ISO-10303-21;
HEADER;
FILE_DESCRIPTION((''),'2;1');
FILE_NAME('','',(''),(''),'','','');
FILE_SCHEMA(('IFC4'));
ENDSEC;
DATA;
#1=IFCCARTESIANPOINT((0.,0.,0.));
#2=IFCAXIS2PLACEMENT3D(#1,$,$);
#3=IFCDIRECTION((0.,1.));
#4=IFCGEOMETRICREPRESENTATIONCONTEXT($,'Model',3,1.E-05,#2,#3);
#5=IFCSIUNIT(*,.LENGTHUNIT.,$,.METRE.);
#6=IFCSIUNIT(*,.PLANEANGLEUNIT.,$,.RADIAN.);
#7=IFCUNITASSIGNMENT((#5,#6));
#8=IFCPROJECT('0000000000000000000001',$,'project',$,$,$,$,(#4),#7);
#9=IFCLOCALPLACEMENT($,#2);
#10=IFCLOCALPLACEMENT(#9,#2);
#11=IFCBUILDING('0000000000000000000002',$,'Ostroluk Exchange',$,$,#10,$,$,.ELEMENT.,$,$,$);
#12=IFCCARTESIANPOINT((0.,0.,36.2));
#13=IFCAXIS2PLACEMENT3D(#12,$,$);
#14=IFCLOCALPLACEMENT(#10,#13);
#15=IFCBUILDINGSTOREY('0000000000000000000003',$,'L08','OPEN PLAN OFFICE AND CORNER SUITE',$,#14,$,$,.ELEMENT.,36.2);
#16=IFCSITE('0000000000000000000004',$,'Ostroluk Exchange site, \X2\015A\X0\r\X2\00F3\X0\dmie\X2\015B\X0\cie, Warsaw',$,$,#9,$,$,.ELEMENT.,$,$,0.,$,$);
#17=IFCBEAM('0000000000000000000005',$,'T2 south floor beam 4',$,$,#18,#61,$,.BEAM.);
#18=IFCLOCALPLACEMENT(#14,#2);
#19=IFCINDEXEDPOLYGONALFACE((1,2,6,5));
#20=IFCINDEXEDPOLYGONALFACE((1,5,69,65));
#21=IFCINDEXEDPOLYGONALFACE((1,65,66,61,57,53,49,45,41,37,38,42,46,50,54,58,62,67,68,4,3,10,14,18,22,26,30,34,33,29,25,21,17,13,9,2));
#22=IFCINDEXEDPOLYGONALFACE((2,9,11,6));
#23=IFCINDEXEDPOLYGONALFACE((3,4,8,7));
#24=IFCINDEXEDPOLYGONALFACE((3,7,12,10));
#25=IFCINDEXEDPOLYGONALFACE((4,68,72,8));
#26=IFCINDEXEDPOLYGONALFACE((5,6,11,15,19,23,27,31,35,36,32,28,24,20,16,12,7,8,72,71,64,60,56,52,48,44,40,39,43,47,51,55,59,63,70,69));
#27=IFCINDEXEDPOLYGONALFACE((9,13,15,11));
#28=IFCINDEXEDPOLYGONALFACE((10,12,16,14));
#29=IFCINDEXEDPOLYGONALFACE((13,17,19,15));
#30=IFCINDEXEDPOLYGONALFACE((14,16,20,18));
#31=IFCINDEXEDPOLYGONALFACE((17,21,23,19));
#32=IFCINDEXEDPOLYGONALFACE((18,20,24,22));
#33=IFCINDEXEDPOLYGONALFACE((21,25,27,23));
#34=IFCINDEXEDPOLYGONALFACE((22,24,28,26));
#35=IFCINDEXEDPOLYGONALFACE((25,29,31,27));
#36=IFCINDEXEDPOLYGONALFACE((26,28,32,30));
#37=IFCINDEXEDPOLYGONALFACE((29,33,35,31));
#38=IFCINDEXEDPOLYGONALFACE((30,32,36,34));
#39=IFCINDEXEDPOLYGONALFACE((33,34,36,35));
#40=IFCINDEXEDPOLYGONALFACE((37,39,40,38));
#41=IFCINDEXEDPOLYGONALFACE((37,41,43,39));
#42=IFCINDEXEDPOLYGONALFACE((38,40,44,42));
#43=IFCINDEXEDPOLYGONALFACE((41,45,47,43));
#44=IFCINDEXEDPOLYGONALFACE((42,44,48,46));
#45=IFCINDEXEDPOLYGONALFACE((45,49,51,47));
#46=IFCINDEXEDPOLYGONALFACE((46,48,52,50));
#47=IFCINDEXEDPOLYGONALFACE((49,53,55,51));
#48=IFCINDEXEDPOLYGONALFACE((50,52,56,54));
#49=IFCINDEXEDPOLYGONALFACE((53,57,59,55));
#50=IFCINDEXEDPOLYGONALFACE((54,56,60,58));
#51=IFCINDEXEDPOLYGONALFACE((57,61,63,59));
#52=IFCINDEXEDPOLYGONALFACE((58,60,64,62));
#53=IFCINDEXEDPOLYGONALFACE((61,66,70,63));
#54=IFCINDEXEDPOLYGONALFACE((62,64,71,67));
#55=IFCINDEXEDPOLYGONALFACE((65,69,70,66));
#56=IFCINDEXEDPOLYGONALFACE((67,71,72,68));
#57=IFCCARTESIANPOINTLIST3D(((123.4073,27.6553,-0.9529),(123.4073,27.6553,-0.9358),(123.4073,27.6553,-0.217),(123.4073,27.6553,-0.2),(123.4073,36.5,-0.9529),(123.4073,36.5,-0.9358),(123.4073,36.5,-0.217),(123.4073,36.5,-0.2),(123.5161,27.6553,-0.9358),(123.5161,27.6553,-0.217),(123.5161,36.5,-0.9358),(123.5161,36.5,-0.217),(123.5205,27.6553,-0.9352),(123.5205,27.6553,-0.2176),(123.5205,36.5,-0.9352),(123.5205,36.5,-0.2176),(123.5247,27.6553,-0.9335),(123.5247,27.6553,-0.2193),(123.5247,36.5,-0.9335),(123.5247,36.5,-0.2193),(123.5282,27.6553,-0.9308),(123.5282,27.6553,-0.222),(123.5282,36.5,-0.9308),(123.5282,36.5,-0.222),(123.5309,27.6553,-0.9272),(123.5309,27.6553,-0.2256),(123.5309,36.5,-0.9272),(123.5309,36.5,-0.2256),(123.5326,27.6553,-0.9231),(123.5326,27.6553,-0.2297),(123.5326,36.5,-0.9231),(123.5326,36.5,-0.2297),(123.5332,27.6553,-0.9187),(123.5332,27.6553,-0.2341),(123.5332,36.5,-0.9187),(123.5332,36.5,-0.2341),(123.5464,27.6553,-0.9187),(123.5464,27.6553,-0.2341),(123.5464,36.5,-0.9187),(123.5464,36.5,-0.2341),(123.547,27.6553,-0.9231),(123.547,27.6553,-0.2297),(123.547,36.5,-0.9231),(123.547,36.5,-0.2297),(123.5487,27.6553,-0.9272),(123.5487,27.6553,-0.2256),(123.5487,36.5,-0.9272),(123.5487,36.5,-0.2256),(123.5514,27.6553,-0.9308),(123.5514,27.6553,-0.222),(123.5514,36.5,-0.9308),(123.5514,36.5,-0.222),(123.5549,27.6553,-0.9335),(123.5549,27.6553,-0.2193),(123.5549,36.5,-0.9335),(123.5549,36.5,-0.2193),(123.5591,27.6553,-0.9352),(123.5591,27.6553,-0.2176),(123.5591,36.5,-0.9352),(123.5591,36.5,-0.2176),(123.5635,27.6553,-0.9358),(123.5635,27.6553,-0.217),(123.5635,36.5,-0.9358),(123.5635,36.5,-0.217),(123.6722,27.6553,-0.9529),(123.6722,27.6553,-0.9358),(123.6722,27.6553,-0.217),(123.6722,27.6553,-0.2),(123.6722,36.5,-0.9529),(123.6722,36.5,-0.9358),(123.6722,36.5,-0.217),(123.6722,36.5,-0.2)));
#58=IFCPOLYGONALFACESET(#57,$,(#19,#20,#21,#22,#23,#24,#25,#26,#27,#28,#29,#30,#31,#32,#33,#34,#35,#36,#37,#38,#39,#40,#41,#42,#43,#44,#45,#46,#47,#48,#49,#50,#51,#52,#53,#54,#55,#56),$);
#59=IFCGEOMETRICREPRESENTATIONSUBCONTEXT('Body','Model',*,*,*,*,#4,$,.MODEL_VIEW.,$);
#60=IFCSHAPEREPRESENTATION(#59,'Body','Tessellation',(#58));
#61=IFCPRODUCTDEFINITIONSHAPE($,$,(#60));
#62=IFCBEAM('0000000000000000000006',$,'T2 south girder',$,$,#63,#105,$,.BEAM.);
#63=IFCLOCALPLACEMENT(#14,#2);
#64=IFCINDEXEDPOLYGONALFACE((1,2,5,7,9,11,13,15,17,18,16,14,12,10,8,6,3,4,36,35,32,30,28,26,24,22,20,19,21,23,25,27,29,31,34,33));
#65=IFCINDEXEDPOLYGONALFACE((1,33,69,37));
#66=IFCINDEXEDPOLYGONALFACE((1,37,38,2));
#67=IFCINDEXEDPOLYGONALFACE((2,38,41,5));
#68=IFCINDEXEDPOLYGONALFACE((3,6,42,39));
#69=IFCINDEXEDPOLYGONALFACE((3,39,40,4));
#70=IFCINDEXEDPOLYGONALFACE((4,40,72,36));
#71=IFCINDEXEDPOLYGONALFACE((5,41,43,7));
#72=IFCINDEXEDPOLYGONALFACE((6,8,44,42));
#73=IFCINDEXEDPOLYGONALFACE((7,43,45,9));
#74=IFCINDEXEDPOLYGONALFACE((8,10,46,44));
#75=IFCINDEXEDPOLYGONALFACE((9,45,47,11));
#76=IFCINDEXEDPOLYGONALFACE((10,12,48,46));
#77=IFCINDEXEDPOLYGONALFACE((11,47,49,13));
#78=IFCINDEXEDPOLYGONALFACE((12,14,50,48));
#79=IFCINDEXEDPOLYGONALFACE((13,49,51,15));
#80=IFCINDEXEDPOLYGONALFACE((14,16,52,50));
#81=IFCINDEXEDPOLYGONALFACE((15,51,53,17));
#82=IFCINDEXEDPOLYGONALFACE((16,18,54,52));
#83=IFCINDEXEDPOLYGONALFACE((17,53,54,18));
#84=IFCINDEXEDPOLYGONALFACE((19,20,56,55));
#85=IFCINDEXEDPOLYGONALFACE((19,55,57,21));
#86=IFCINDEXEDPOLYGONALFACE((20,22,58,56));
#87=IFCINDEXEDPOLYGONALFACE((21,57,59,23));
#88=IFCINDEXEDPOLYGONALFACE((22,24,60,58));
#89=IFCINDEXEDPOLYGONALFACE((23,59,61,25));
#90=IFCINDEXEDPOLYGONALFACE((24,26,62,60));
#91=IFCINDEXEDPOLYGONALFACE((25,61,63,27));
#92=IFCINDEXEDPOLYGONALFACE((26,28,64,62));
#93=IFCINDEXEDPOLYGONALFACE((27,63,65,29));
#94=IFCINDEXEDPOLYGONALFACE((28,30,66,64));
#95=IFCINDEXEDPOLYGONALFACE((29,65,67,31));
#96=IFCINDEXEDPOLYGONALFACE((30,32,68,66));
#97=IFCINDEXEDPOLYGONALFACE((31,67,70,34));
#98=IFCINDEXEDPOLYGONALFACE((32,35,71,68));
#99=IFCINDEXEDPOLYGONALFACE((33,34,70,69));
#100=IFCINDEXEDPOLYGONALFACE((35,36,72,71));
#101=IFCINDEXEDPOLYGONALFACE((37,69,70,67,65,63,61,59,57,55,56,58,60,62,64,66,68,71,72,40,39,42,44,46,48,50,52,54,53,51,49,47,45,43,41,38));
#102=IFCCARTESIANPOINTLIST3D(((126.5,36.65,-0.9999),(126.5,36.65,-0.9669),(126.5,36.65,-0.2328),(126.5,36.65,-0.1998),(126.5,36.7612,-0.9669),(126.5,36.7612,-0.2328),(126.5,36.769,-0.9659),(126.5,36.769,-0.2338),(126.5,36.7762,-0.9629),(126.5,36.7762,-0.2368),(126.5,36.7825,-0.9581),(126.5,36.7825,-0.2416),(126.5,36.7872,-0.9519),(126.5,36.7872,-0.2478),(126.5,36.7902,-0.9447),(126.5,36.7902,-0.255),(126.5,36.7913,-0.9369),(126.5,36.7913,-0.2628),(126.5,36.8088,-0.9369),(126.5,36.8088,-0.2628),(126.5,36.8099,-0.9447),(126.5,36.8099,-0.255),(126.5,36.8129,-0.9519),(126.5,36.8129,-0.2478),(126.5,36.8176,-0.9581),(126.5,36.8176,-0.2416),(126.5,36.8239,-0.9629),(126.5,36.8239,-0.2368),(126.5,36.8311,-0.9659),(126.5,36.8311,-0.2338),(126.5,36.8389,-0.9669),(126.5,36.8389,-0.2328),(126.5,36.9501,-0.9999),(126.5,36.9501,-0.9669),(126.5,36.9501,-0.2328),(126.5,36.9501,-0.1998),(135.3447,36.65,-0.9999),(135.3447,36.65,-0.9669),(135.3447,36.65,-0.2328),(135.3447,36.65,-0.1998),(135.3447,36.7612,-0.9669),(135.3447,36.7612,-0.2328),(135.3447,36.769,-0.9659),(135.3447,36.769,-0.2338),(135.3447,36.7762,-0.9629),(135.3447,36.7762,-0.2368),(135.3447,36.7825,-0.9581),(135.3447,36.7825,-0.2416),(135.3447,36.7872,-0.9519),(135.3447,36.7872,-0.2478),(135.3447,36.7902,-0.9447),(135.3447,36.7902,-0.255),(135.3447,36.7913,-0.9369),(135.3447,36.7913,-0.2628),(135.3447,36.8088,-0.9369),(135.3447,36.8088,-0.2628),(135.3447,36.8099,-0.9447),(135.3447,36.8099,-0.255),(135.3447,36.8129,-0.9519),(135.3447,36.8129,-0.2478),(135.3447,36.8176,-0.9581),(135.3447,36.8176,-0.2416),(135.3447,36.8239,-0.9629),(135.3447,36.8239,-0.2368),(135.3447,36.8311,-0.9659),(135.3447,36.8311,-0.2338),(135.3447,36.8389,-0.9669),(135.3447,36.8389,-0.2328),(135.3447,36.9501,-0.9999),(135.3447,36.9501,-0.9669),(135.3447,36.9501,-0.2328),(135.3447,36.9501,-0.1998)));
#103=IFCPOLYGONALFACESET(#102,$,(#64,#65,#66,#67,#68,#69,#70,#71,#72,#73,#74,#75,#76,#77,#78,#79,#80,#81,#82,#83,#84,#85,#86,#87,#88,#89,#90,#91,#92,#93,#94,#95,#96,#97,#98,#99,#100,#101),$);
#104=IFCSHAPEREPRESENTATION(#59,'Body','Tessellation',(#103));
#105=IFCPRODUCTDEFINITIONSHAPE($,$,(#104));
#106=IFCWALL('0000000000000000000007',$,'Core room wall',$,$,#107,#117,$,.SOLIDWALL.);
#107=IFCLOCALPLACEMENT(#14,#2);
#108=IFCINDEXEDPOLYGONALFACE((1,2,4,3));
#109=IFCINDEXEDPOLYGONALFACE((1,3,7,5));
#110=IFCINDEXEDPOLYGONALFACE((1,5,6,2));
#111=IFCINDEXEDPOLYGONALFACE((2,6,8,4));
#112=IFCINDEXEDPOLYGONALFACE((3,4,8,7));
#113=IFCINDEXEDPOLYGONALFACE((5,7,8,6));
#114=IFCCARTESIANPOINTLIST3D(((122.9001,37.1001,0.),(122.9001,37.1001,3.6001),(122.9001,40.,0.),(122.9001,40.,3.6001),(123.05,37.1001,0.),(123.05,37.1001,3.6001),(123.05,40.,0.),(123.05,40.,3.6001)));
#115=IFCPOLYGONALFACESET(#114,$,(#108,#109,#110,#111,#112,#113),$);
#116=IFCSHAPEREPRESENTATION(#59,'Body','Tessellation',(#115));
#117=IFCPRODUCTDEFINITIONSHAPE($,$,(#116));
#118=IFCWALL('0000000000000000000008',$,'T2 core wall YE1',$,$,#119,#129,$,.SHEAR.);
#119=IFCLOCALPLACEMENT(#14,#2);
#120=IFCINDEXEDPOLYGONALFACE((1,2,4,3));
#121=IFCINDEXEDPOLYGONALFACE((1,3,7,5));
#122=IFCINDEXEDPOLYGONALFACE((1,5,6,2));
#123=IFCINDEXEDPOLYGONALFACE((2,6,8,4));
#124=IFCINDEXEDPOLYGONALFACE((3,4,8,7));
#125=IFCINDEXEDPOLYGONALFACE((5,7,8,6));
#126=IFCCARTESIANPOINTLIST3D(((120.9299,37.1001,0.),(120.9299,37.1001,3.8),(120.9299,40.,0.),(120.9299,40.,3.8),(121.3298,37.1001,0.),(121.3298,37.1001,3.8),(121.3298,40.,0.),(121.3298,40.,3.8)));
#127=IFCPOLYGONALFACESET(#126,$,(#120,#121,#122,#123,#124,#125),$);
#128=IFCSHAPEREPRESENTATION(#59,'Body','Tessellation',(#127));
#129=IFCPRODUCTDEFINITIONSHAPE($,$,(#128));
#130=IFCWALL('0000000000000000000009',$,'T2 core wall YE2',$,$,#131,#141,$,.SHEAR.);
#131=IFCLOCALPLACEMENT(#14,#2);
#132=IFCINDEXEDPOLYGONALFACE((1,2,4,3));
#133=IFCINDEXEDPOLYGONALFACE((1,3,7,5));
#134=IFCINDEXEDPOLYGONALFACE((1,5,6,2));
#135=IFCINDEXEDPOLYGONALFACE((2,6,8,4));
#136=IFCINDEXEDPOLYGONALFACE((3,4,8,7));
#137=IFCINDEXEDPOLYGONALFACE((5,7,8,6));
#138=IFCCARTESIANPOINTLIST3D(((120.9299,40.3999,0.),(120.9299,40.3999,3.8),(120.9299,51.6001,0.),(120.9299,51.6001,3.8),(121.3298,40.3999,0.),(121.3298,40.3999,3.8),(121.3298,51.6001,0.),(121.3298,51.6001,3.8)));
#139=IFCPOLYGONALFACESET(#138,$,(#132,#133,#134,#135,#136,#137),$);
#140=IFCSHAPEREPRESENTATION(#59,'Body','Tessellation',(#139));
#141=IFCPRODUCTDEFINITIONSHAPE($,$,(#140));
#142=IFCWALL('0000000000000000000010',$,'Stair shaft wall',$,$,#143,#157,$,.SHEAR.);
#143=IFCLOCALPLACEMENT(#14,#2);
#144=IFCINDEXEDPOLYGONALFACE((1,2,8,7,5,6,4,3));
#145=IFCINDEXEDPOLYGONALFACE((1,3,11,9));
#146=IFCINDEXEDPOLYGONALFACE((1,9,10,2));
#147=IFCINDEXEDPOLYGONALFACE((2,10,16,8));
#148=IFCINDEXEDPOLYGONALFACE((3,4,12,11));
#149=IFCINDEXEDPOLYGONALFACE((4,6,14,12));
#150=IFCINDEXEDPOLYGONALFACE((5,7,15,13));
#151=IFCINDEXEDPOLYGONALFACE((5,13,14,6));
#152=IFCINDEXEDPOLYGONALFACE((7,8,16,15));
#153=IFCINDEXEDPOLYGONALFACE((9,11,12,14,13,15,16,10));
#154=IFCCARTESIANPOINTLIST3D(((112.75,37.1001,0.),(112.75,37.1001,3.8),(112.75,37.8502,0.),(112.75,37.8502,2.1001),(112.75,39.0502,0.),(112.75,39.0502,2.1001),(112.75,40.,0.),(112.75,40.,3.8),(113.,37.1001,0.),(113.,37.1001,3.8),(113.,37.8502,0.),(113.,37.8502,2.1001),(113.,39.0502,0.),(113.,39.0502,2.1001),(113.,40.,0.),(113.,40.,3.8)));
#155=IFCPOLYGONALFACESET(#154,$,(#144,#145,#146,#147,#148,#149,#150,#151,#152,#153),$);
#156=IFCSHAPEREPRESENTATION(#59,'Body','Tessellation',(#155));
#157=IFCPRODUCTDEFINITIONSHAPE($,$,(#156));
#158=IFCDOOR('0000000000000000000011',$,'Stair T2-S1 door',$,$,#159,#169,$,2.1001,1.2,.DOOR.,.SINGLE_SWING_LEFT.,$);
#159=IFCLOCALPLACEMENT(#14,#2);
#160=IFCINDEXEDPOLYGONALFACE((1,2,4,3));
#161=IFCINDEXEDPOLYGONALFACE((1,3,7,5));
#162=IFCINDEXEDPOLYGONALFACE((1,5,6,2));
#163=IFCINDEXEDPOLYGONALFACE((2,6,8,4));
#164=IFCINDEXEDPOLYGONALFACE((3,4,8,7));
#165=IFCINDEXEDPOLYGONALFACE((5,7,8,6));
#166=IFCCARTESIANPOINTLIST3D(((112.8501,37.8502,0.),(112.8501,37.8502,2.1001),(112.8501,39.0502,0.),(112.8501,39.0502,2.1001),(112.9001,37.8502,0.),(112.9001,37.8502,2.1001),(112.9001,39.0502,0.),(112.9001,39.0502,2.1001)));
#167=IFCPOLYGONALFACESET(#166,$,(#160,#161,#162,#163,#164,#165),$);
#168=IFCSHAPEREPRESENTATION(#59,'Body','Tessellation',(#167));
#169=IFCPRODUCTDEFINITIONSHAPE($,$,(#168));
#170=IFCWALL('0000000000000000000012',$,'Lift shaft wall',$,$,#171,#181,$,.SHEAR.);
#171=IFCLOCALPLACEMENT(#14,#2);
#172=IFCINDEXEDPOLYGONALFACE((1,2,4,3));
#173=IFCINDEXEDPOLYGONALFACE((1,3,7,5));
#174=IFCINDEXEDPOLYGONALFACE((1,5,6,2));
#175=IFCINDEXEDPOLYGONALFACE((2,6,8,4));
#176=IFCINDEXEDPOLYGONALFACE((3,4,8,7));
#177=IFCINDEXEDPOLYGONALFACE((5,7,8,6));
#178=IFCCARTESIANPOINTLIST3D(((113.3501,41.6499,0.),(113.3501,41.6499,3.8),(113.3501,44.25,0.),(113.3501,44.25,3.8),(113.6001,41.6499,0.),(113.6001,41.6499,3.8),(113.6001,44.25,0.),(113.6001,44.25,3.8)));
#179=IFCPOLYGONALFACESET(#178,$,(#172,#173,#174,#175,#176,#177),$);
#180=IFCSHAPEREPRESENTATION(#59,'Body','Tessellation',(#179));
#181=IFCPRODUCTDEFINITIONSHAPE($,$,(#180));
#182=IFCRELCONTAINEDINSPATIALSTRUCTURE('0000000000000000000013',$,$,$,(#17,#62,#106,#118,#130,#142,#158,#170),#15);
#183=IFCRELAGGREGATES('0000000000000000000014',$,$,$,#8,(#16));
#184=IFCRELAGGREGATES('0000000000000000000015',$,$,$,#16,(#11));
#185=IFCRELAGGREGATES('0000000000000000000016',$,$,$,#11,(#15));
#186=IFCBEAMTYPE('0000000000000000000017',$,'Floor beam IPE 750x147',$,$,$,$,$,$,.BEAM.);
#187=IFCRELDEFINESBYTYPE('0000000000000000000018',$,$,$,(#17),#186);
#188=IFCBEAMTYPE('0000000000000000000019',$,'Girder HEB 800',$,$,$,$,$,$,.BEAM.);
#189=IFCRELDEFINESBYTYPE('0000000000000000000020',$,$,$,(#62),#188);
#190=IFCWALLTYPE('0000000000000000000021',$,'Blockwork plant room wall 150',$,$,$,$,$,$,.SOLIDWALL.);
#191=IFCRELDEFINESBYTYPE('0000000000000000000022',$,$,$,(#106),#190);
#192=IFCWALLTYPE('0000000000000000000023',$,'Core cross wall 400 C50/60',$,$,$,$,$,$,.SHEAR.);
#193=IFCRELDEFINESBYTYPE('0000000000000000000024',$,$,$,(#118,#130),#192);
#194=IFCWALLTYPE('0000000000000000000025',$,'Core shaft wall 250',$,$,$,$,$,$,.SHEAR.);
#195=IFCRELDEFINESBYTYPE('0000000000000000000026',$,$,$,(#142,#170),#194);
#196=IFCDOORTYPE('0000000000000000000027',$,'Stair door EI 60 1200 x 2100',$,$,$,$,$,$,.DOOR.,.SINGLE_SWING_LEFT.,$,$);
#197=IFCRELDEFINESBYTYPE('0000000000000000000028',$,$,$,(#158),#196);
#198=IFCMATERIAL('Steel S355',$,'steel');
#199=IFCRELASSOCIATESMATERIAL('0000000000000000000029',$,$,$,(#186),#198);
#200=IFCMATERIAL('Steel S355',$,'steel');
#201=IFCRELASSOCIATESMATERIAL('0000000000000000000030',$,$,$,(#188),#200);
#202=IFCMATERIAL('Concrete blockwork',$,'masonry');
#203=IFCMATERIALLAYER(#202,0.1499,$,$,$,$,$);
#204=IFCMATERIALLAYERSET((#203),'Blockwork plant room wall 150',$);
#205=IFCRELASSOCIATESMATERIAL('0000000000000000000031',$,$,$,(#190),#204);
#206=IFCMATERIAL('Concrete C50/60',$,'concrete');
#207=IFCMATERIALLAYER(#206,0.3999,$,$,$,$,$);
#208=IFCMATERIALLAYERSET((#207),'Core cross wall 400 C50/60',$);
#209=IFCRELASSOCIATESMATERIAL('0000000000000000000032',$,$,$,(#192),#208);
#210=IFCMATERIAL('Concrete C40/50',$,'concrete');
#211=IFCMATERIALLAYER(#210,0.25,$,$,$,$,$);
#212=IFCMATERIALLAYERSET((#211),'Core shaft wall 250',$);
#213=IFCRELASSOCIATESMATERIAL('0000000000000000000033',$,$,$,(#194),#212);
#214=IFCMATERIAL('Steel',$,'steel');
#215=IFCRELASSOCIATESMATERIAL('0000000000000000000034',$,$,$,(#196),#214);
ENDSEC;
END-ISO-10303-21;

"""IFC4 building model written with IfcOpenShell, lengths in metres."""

from ifc_helpers import new_model, si_unit, direction, frame, frame_2d, origin, origin_2d, place, context, subcontext, project, spatial, rectangle, i_section, extrude, material, layer, layer_set, material_profile, profile_set, type_object, element, fill, save


model = new_model("IFC4")

# Units and contexts
model_context = context("Model", 3, precision=1e-05, world=origin(), true_north=direction((0.0, 1.0)))
body_context = subcontext(model_context, "Body", "Model", "MODEL_VIEW")
ifc_project = project(units=[si_unit("LENGTHUNIT", "METRE"), si_unit("PLANEANGLEUNIT", "RADIAN")], contexts=[model_context])

# Site, building, storey
site_placement = place(None, origin())
site = spatial("IfcSite", under=ifc_project, at=site_placement, Name="Ostroluk Exchange site, Śródmieście, Warsaw", CompositionType="ELEMENT", RefElevation=0.0)
building_placement = place(site_placement, origin())
building = spatial("IfcBuilding", under=site, at=building_placement, Name="Ostroluk Exchange", CompositionType="ELEMENT")
storey_placement = place(building_placement, frame((0.0, 0.0, 36.2)))
storey = spatial("IfcBuildingStorey", under=building, at=storey_placement, Name="L08", Description="OPEN PLAN OFFICE AND CORNER SUITE", CompositionType="ELEMENT", Elevation=36.2)

# Beams
ifc_material_1 = material(Name="Steel S355", Category="steel")
ifc_material_profile_1 = material_profile(ifc_material_1, i_section(OverallWidth=0.2649, OverallDepth=0.7529, WebThickness=0.0132, FlangeThickness=0.0171, FilletRadius=0.0171, at=origin_2d()), Name="IPE 750x147")
ifc_profile_set_1 = profile_set([ifc_material_profile_1], Name="Steel S355")
beam_type_1 = type_object("IfcBeamType", Name="Floor beam IPE 750x147", PredefinedType="BEAM", material=ifc_profile_set_1)
for number, where, z_axis, x_axis, name in (
    (1, (123.5398, 36.5, -0.5764), (0.0, -1.0, 0.0), (1.0, 0.0, 0.0), "T2 south floor beam 4"),
):
    element("IfcBeam", number, at=place(storey_placement, frame(where, z_axis=z_axis, x_axis=x_axis)), inside=storey, type_object=beam_type_1, Name=name, PredefinedType="BEAM", context=body_context, shape_type="SweptSolid", body=[
        extrude(i_section(OverallWidth=0.2649, OverallDepth=0.7529, WebThickness=0.0132, FlangeThickness=0.0171, FilletRadius=0.0171, at=origin_2d()), origin(), (0.0, 0.0, 1.0), 8.8447),
    ])
ifc_material_2 = material(Name="Steel S355", Category="steel")
ifc_material_profile_2 = material_profile(ifc_material_2, i_section(OverallWidth=0.3, OverallDepth=0.8, WebThickness=0.0176, FlangeThickness=0.033, FilletRadius=0.03, at=origin_2d()), Name="HEB 800")
ifc_profile_set_2 = profile_set([ifc_material_profile_2], Name="Steel S355")
beam_type_2 = type_object("IfcBeamType", Name="Girder HEB 800", PredefinedType="BEAM", material=ifc_profile_set_2)
beam_placement = place(storey_placement, frame((126.5, 36.8, -0.5999), z_axis=(1.0, 0.0, 0.0), x_axis=(0.0, 1.0, 0.0)))
element("IfcBeam", 2, at=beam_placement, inside=storey, type_object=beam_type_2, Name="T2 south girder", PredefinedType="BEAM", context=body_context, shape_type="SweptSolid", body=[
    extrude(i_section(OverallWidth=0.3, OverallDepth=0.8, WebThickness=0.0176, FlangeThickness=0.033, FilletRadius=0.03, at=origin_2d()), origin(), (0.0, 0.0, 1.0), 8.8447),
])

# Walls
ifc_material_3 = material(Name="Concrete blockwork", Category="masonry")
ifc_layer_1 = layer(ifc_material_3, 0.1499)
ifc_layer_set_1 = layer_set([ifc_layer_1], Name="Blockwork plant room wall 150")
wall_type_1 = type_object("IfcWallType", Name="Blockwork plant room wall 150", PredefinedType="SOLIDWALL", material=ifc_layer_set_1)
wall_1_placement = place(storey_placement, frame((122.9751, 37.1001, 0.0), z_axis=(0.0, 0.0, 1.0), x_axis=(0.0, 1.0, 0.0)))
element("IfcWall", 3, at=wall_1_placement, inside=storey, type_object=wall_type_1, Name="Core room wall", PredefinedType="SOLIDWALL", context=body_context, shape_type="SweptSolid", body=[
    extrude(rectangle(XDim=2.8999, YDim=0.1499, at=frame_2d((1.45, 0.0))), origin(), (0.0, 0.0, 1.0), 3.6001),
])
ifc_material_4 = material(Name="Concrete C50/60", Category="concrete")
ifc_layer_2 = layer(ifc_material_4, 0.3999)
ifc_layer_set_2 = layer_set([ifc_layer_2], Name="Core cross wall 400 C50/60")
wall_type_2 = type_object("IfcWallType", Name="Core cross wall 400 C50/60", PredefinedType="SHEAR", material=ifc_layer_set_2)
wall_2_placement = place(storey_placement, frame((121.1299, 37.1001, 0.0), z_axis=(0.0, 0.0, 1.0), x_axis=(0.0, 1.0, 0.0)))
element("IfcWall", 4, at=wall_2_placement, inside=storey, type_object=wall_type_2, Name="T2 core wall YE1", PredefinedType="SHEAR", context=body_context, shape_type="SweptSolid", body=[
    extrude(rectangle(XDim=2.8999, YDim=0.3999, at=frame_2d((1.45, 0.0))), origin(), (0.0, 0.0, 1.0), 3.8),
])
wall_3_placement = place(storey_placement, frame((121.1299, 40.3999, 0.0), z_axis=(0.0, 0.0, 1.0), x_axis=(0.0, 1.0, 0.0)))
element("IfcWall", 5, at=wall_3_placement, inside=storey, type_object=wall_type_2, Name="T2 core wall YE2", PredefinedType="SHEAR", context=body_context, shape_type="SweptSolid", body=[
    extrude(rectangle(XDim=11.2002, YDim=0.3999, at=frame_2d((5.6001, 0.0))), origin(), (0.0, 0.0, 1.0), 3.8),
])

# Wall, opening, door
ifc_material_5 = material(Name="Concrete C40/50", Category="concrete")
ifc_layer_3 = layer(ifc_material_5, 0.25)
ifc_layer_set_3 = layer_set([ifc_layer_3], Name="Core shaft wall 250")
wall_type_3 = type_object("IfcWallType", Name="Core shaft wall 250", PredefinedType="SHEAR", material=ifc_layer_set_3)
wall_4_placement = place(storey_placement, frame((112.875, 37.1001, 0.0), z_axis=(0.0, 0.0, 1.0), x_axis=(0.0, 1.0, 0.0)))
wall_4 = element("IfcWall", 6, at=wall_4_placement, inside=storey, type_object=wall_type_3, Name="Stair shaft wall", PredefinedType="SHEAR", context=body_context, shape_type="SweptSolid", body=[
    extrude(rectangle(XDim=2.8999, YDim=0.25, at=frame_2d((1.45, 0.0))), origin(), (0.0, 0.0, 1.0), 3.8),
])
opening_1_placement = place(wall_4_placement, frame((0.75, 0.0, 0.0)))
opening_1 = element("IfcOpeningElement", 7, at=opening_1_placement, cuts=wall_4, PredefinedType="OPENING", context=body_context, shape_type="SweptSolid", body=[
    extrude(rectangle(XDim=1.2, YDim=2.1001, at=frame_2d((0.6001, 1.05))), frame((0.0, 0.135, 0.0), z_axis=(0.0, -1.0, 0.0), x_axis=(1.0, 0.0, 0.0)), (0.0, 0.0, 1.0), 0.27),
])
ifc_material_6 = material(Name="Steel", Category="steel")
door_type_1 = type_object("IfcDoorType", Name="Stair door EI 60 1200 x 2100", OperationType="SINGLE_SWING_LEFT", PredefinedType="DOOR", material=ifc_material_6)
door_1_placement = place(opening_1_placement, origin())
door_1 = element("IfcDoor", 8, at=door_1_placement, inside=storey, type_object=door_type_1, Name="Stair T2-S1 door", OperationType="SINGLE_SWING_LEFT", OverallHeight=2.1001, OverallWidth=1.2, PredefinedType="DOOR", context=body_context, shape_type="SweptSolid", body=[
    extrude(rectangle(XDim=1.2, YDim=2.1001, at=frame_2d((0.6001, 1.05))), frame((0.0, 0.0249, 0.0), z_axis=(0.0, -1.0, 0.0), x_axis=(1.0, 0.0, 0.0)), (0.0, 0.0, 1.0), 0.05),
])
fill(opening_1, door_1)

# Wall
for number, where, z_axis, x_axis, name in (
    (9, (113.4751, 44.25, 0.0), (0.0, 0.0, 1.0), (0.0, -1.0, 0.0), "Lift shaft wall"),
):
    element("IfcWall", number, at=place(storey_placement, frame(where, z_axis=z_axis, x_axis=x_axis)), inside=storey, type_object=wall_type_3, Name=name, PredefinedType="SHEAR", context=body_context, shape_type="SweptSolid", body=[
        extrude(rectangle(XDim=2.6001, YDim=0.25, at=frame_2d((1.3, 0.0))), origin(), (0.0, 0.0, 1.0), 3.8),
    ])

save(model, "model.ifc")
